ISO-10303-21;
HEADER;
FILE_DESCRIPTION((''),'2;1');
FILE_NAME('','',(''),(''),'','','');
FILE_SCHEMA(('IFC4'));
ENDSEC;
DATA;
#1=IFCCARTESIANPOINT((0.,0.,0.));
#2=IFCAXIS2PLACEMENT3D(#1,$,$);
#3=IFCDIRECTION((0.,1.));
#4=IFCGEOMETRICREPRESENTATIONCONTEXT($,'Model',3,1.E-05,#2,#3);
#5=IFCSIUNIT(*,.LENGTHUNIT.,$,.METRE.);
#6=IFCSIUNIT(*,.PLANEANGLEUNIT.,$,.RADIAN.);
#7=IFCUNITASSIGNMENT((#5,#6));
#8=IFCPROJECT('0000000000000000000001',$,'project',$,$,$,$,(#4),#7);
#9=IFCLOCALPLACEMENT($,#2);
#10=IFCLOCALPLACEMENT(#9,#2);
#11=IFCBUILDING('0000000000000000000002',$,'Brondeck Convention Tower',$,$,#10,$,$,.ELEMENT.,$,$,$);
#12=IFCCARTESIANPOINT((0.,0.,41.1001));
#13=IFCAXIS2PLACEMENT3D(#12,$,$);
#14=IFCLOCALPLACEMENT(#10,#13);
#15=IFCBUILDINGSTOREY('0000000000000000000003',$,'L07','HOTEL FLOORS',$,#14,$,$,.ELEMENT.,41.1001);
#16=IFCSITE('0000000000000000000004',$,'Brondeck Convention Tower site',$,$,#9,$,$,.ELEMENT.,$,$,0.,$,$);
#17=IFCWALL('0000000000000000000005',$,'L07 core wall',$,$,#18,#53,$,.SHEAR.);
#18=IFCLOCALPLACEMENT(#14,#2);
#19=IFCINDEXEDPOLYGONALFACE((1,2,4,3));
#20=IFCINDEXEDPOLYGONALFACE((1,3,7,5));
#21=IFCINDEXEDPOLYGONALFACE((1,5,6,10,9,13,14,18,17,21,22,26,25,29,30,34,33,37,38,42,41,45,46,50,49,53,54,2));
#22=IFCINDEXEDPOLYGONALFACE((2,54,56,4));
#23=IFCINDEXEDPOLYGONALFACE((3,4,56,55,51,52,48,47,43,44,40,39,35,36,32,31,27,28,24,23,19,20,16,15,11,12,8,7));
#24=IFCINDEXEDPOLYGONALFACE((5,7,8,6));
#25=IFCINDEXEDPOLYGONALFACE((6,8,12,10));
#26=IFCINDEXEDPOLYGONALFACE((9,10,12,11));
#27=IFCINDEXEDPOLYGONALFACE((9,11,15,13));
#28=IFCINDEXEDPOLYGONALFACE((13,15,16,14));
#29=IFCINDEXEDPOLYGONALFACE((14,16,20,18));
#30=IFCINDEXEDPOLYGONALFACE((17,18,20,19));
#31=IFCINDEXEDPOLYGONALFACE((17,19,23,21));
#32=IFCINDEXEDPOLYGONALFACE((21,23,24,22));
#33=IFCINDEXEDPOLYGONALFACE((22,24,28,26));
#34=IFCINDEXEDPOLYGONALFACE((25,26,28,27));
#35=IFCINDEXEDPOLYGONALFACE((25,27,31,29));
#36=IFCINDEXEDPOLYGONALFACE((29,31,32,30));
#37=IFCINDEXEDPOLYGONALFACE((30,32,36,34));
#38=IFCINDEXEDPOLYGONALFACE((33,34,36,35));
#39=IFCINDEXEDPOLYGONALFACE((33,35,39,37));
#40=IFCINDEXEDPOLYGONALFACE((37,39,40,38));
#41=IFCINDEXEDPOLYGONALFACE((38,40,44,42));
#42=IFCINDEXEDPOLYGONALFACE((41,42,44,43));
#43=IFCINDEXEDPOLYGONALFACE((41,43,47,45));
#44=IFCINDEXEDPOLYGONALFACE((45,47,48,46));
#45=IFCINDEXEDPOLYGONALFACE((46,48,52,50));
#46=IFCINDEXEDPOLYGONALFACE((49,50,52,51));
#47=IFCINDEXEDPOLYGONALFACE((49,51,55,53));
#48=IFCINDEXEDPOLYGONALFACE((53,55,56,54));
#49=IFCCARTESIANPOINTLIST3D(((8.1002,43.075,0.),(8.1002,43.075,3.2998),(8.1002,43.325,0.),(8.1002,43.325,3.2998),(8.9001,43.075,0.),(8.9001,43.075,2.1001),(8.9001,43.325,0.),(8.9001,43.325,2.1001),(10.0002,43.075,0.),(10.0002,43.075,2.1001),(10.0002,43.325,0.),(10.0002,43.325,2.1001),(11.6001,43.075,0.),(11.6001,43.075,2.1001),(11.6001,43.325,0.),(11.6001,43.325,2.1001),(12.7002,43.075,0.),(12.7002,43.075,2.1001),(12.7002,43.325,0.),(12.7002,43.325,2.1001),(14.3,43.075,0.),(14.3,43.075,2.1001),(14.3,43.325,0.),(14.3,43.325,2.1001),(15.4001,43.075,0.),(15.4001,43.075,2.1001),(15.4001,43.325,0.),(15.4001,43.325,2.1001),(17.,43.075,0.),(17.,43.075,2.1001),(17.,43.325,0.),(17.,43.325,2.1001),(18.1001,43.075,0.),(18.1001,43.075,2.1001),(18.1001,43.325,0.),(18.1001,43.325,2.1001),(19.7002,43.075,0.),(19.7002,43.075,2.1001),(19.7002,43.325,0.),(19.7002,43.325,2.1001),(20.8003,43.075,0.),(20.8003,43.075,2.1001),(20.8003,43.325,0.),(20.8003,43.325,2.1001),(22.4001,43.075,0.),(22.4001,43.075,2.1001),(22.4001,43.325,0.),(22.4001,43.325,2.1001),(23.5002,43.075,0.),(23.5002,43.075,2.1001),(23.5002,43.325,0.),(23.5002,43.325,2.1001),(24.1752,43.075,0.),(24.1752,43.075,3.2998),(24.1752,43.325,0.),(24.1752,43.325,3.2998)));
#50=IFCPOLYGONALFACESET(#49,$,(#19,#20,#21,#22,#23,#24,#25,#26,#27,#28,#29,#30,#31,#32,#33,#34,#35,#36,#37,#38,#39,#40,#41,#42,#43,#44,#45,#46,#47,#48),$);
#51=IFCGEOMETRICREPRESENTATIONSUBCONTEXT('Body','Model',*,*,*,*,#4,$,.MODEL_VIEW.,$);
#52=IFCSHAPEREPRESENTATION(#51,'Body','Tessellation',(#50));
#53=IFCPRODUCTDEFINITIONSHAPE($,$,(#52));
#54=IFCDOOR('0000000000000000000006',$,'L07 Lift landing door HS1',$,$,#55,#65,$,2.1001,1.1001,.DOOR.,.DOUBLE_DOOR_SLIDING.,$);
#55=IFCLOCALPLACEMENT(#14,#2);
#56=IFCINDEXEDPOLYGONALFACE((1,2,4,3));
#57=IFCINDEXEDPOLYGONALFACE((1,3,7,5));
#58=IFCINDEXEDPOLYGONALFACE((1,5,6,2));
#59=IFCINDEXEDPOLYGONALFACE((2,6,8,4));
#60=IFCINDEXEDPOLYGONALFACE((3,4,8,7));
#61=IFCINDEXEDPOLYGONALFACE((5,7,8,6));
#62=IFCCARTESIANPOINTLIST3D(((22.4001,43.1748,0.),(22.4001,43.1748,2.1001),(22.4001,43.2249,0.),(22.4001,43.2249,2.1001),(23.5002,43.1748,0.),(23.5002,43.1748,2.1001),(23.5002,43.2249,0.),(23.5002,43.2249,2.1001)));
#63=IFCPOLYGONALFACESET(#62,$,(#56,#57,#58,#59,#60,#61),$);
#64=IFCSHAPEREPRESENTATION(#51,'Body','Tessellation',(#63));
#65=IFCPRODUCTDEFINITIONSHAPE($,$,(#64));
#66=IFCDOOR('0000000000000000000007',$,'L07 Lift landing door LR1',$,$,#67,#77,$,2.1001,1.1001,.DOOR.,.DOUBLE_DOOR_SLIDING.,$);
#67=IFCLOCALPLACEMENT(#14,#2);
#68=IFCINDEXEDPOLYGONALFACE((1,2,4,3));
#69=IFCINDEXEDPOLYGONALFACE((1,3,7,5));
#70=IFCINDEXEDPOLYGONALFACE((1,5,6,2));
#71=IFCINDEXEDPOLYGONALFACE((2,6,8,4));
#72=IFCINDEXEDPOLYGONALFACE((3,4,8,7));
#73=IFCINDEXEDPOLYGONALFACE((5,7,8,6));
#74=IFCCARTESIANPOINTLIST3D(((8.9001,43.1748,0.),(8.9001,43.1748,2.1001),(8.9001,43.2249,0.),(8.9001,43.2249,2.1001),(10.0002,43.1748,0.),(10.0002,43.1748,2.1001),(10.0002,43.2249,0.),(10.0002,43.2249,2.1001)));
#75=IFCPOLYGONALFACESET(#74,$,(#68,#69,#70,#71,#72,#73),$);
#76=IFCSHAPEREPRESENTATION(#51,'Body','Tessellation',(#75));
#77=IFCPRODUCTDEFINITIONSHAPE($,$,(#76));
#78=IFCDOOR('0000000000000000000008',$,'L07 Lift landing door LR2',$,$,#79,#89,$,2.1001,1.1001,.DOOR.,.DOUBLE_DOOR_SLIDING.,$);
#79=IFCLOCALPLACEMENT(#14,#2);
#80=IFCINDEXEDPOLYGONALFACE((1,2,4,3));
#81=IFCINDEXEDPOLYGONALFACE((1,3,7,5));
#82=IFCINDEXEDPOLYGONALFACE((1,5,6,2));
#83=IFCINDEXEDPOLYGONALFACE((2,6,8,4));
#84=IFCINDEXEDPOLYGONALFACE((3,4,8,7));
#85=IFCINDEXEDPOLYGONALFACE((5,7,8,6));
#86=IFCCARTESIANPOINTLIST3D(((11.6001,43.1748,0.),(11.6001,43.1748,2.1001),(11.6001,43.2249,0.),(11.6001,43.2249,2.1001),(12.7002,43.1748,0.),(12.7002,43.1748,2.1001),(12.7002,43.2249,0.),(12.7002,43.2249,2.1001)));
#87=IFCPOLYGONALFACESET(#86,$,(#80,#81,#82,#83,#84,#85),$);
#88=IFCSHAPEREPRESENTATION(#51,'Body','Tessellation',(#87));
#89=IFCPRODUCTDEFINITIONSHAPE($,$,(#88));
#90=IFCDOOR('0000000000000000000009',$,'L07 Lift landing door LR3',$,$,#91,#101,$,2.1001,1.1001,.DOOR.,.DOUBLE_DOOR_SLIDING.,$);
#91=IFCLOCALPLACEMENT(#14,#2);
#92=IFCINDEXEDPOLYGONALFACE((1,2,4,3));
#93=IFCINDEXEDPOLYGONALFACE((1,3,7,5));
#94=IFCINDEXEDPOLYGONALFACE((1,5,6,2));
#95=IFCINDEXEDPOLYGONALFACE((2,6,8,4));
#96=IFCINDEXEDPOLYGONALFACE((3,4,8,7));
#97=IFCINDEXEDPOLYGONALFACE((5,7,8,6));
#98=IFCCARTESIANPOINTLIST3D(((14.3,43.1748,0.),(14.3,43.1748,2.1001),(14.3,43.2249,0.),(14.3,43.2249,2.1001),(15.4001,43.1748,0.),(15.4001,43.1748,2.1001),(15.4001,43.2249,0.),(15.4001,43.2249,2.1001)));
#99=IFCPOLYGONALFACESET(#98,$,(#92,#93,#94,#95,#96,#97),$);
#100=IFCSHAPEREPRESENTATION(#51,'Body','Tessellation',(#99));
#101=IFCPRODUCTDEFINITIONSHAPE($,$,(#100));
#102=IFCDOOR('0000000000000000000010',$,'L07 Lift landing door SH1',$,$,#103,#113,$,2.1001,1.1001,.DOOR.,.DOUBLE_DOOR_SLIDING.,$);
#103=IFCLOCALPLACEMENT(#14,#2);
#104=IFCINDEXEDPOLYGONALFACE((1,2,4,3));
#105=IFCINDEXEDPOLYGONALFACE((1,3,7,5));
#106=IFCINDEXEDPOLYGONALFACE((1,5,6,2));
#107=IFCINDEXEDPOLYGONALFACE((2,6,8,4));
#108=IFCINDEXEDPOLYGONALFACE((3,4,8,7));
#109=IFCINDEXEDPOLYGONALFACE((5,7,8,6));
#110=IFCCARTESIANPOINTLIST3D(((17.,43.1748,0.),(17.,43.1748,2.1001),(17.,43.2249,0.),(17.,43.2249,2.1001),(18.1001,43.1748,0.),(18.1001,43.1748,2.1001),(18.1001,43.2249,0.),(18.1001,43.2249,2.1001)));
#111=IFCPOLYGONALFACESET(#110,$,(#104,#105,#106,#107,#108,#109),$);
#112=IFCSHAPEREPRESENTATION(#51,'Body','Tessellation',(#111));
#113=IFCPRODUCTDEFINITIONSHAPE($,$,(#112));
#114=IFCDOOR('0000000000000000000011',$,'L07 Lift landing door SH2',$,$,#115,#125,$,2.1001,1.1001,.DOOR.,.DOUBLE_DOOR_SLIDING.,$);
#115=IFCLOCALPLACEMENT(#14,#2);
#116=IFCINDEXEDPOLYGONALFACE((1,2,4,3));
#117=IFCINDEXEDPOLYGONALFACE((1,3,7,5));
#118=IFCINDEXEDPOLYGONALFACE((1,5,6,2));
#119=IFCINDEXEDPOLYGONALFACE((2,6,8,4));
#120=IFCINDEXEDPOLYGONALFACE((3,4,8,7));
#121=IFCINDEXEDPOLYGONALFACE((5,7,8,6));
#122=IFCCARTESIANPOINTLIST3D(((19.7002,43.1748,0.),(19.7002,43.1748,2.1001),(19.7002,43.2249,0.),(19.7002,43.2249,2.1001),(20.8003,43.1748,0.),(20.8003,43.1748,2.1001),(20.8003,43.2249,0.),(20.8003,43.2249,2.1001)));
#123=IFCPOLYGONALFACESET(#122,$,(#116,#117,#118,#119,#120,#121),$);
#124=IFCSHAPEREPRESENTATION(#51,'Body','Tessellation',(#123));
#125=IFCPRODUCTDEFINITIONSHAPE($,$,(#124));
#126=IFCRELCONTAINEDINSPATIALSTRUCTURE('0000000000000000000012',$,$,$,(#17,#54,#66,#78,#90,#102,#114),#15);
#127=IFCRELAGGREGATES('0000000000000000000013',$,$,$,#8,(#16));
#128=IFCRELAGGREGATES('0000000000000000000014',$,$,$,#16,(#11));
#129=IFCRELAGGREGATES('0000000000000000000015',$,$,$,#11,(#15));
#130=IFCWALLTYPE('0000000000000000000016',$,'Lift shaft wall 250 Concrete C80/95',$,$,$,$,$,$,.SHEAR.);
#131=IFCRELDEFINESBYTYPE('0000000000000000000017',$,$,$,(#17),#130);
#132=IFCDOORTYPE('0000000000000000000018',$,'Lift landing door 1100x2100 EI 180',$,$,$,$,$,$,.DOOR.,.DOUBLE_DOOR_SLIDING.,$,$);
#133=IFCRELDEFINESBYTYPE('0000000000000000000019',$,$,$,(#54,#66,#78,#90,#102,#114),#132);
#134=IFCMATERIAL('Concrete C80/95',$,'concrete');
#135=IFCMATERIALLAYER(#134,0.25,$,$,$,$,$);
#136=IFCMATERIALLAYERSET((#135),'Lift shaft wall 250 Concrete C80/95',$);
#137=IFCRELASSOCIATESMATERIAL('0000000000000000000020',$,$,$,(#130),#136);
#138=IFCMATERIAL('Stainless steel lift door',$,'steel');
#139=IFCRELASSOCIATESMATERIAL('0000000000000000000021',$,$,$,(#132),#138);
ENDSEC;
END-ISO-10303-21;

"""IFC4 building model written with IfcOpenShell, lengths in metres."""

from ifc_helpers import new_model, si_unit, direction, frame, frame_2d, origin, place, context, subcontext, project, spatial, rectangle, extrude, material, layer, layer_set, type_object, element, fill, save


model = new_model("IFC4")

# Units and contexts
model_context = context("Model", 3, precision=1e-05, world=origin(), true_north=direction((0.0, 1.0)))
body_context = subcontext(model_context, "Body", "Model", "MODEL_VIEW")
ifc_project = project(units=[si_unit("LENGTHUNIT", "METRE"), si_unit("PLANEANGLEUNIT", "RADIAN")], contexts=[model_context])

# Site, building, storey
site_placement = place(None, origin())
site = spatial("IfcSite", under=ifc_project, at=site_placement, Name="Brondeck Convention Tower site", CompositionType="ELEMENT", RefElevation=0.0)
building_placement = place(site_placement, origin())
building = spatial("IfcBuilding", under=site, at=building_placement, Name="Brondeck Convention Tower", CompositionType="ELEMENT")
storey_placement = place(building_placement, frame((0.0, 0.0, 41.1001)))
storey = spatial("IfcBuildingStorey", under=building, at=storey_placement, Name="L07", Description="HOTEL FLOORS", CompositionType="ELEMENT", Elevation=41.1001)

# Shared definitions
ifc_material_1 = material(Name="Concrete C80/95", Category="concrete")
ifc_layer_1 = layer(ifc_material_1, 0.25)
ifc_layer_set_1 = layer_set([ifc_layer_1], Name="Lift shaft wall 250 Concrete C80/95")
wall_type_1 = type_object("IfcWallType", Name="Lift shaft wall 250 Concrete C80/95", PredefinedType="SHEAR", material=ifc_layer_set_1)

# Wall, openings, doors
wall_1_placement = place(storey_placement, frame((8.1001, 43.2, 0.0), z_axis=(0.0, 0.0, 1.0), x_axis=(1.0, 0.0, 0.0)))
wall_1 = element("IfcWall", 1, at=wall_1_placement, inside=storey, type_object=wall_type_1, Name="L07 core wall", PredefinedType="SHEAR", context=body_context, shape_type="SweptSolid", body=[
    extrude(rectangle(XDim=16.075, YDim=0.25, at=frame_2d((8.0376, 0.0))), origin(), (0.0, 0.0, 1.0), 3.2998),
])
opening_1_placement = place(wall_1_placement, frame((14.3, 0.0, 0.0)))
opening_1 = element("IfcOpeningElement", 2, at=opening_1_placement, cuts=wall_1, PredefinedType="OPENING", context=body_context, shape_type="SweptSolid", body=[
    extrude(rectangle(XDim=1.1001, YDim=2.1001, at=frame_2d((0.55, 1.05))), frame((0.0, 0.135, 0.0), z_axis=(0.0, -1.0, 0.0), x_axis=(1.0, 0.0, 0.0)), (0.0, 0.0, 1.0), 0.27),
])
opening_2_placement = place(wall_1_placement, frame((0.8, 0.0, 0.0)))
opening_2 = element("IfcOpeningElement", 3, at=opening_2_placement, cuts=wall_1, PredefinedType="OPENING", context=body_context, shape_type="SweptSolid", body=[
    extrude(rectangle(XDim=1.1001, YDim=2.1001, at=frame_2d((0.55, 1.05))), frame((0.0, 0.135, 0.0), z_axis=(0.0, -1.0, 0.0), x_axis=(1.0, 0.0, 0.0)), (0.0, 0.0, 1.0), 0.27),
])
opening_3_placement = place(wall_1_placement, frame((3.5, 0.0, 0.0)))
opening_3 = element("IfcOpeningElement", 4, at=opening_3_placement, cuts=wall_1, PredefinedType="OPENING", context=body_context, shape_type="SweptSolid", body=[
    extrude(rectangle(XDim=1.1001, YDim=2.1001, at=frame_2d((0.55, 1.05))), frame((0.0, 0.135, 0.0), z_axis=(0.0, -1.0, 0.0), x_axis=(1.0, 0.0, 0.0)), (0.0, 0.0, 1.0), 0.27),
])
opening_4_placement = place(wall_1_placement, frame((6.2, 0.0, 0.0)))
opening_4 = element("IfcOpeningElement", 5, at=opening_4_placement, cuts=wall_1, PredefinedType="OPENING", context=body_context, shape_type="SweptSolid", body=[
    extrude(rectangle(XDim=1.1001, YDim=2.1001, at=frame_2d((0.55, 1.05))), frame((0.0, 0.135, 0.0), z_axis=(0.0, -1.0, 0.0), x_axis=(1.0, 0.0, 0.0)), (0.0, 0.0, 1.0), 0.27),
])
opening_5_placement = place(wall_1_placement, frame((8.8999, 0.0, 0.0)))
opening_5 = element("IfcOpeningElement", 6, at=opening_5_placement, cuts=wall_1, PredefinedType="OPENING", context=body_context, shape_type="SweptSolid", body=[
    extrude(rectangle(XDim=1.1001, YDim=2.1001, at=frame_2d((0.55, 1.05))), frame((0.0, 0.135, 0.0), z_axis=(0.0, -1.0, 0.0), x_axis=(1.0, 0.0, 0.0)), (0.0, 0.0, 1.0), 0.27),
])
opening_6_placement = place(wall_1_placement, frame((11.6001, 0.0, 0.0)))
opening_6 = element("IfcOpeningElement", 7, at=opening_6_placement, cuts=wall_1, PredefinedType="OPENING", context=body_context, shape_type="SweptSolid", body=[
    extrude(rectangle(XDim=1.1001, YDim=2.1001, at=frame_2d((0.55, 1.05))), frame((0.0, 0.135, 0.0), z_axis=(0.0, -1.0, 0.0), x_axis=(1.0, 0.0, 0.0)), (0.0, 0.0, 1.0), 0.27),
])
ifc_material_2 = material(Name="Stainless steel lift door", Category="steel")
door_type = type_object("IfcDoorType", Name="Lift landing door 1100x2100 EI 180", OperationType="DOUBLE_DOOR_SLIDING", PredefinedType="DOOR", material=ifc_material_2)
door_1_placement = place(opening_1_placement, origin())
door_1 = element("IfcDoor", 8, at=door_1_placement, inside=storey, type_object=door_type, Name="L07 Lift landing door HS1", OperationType="DOUBLE_DOOR_SLIDING", OverallHeight=2.1001, OverallWidth=1.1001, PredefinedType="DOOR", context=body_context, shape_type="SweptSolid", body=[
    extrude(rectangle(XDim=1.1001, YDim=2.1001, at=frame_2d((0.55, 1.05))), frame((0.0, 0.0249, 0.0), z_axis=(0.0, -1.0, 0.0), x_axis=(1.0, 0.0, 0.0)), (0.0, 0.0, 1.0), 0.05),
])
fill(opening_1, door_1)
door_2_placement = place(opening_2_placement, origin())
door_2 = element("IfcDoor", 9, at=door_2_placement, inside=storey, type_object=door_type, Name="L07 Lift landing door LR1", OperationType="DOUBLE_DOOR_SLIDING", OverallHeight=2.1001, OverallWidth=1.1001, PredefinedType="DOOR", context=body_context, shape_type="SweptSolid", body=[
    extrude(rectangle(XDim=1.1001, YDim=2.1001, at=frame_2d((0.55, 1.05))), frame((0.0, 0.0249, 0.0), z_axis=(0.0, -1.0, 0.0), x_axis=(1.0, 0.0, 0.0)), (0.0, 0.0, 1.0), 0.05),
])
fill(opening_2, door_2)
door_3_placement = place(opening_3_placement, origin())
door_3 = element("IfcDoor", 10, at=door_3_placement, inside=storey, type_object=door_type, Name="L07 Lift landing door LR2", OperationType="DOUBLE_DOOR_SLIDING", OverallHeight=2.1001, OverallWidth=1.1001, PredefinedType="DOOR", context=body_context, shape_type="SweptSolid", body=[
    extrude(rectangle(XDim=1.1001, YDim=2.1001, at=frame_2d((0.55, 1.05))), frame((0.0, 0.0249, 0.0), z_axis=(0.0, -1.0, 0.0), x_axis=(1.0, 0.0, 0.0)), (0.0, 0.0, 1.0), 0.05),
])
fill(opening_3, door_3)
door_4_placement = place(opening_4_placement, origin())
door_4 = element("IfcDoor", 11, at=door_4_placement, inside=storey, type_object=door_type, Name="L07 Lift landing door LR3", OperationType="DOUBLE_DOOR_SLIDING", OverallHeight=2.1001, OverallWidth=1.1001, PredefinedType="DOOR", context=body_context, shape_type="SweptSolid", body=[
    extrude(rectangle(XDim=1.1001, YDim=2.1001, at=frame_2d((0.55, 1.05))), frame((0.0, 0.0249, 0.0), z_axis=(0.0, -1.0, 0.0), x_axis=(1.0, 0.0, 0.0)), (0.0, 0.0, 1.0), 0.05),
])
fill(opening_4, door_4)
door_5_placement = place(opening_5_placement, origin())
door_5 = element("IfcDoor", 12, at=door_5_placement, inside=storey, type_object=door_type, Name="L07 Lift landing door SH1", OperationType="DOUBLE_DOOR_SLIDING", OverallHeight=2.1001, OverallWidth=1.1001, PredefinedType="DOOR", context=body_context, shape_type="SweptSolid", body=[
    extrude(rectangle(XDim=1.1001, YDim=2.1001, at=frame_2d((0.55, 1.05))), frame((0.0, 0.0249, 0.0), z_axis=(0.0, -1.0, 0.0), x_axis=(1.0, 0.0, 0.0)), (0.0, 0.0, 1.0), 0.05),
])
fill(opening_5, door_5)
door_6_placement = place(opening_6_placement, origin())
door_6 = element("IfcDoor", 13, at=door_6_placement, inside=storey, type_object=door_type, Name="L07 Lift landing door SH2", OperationType="DOUBLE_DOOR_SLIDING", OverallHeight=2.1001, OverallWidth=1.1001, PredefinedType="DOOR", context=body_context, shape_type="SweptSolid", body=[
    extrude(rectangle(XDim=1.1001, YDim=2.1001, at=frame_2d((0.55, 1.05))), frame((0.0, 0.0249, 0.0), z_axis=(0.0, -1.0, 0.0), x_axis=(1.0, 0.0, 0.0)), (0.0, 0.0, 1.0), 0.05),
])
fill(opening_6, door_6)

save(model, "model.ifc")
